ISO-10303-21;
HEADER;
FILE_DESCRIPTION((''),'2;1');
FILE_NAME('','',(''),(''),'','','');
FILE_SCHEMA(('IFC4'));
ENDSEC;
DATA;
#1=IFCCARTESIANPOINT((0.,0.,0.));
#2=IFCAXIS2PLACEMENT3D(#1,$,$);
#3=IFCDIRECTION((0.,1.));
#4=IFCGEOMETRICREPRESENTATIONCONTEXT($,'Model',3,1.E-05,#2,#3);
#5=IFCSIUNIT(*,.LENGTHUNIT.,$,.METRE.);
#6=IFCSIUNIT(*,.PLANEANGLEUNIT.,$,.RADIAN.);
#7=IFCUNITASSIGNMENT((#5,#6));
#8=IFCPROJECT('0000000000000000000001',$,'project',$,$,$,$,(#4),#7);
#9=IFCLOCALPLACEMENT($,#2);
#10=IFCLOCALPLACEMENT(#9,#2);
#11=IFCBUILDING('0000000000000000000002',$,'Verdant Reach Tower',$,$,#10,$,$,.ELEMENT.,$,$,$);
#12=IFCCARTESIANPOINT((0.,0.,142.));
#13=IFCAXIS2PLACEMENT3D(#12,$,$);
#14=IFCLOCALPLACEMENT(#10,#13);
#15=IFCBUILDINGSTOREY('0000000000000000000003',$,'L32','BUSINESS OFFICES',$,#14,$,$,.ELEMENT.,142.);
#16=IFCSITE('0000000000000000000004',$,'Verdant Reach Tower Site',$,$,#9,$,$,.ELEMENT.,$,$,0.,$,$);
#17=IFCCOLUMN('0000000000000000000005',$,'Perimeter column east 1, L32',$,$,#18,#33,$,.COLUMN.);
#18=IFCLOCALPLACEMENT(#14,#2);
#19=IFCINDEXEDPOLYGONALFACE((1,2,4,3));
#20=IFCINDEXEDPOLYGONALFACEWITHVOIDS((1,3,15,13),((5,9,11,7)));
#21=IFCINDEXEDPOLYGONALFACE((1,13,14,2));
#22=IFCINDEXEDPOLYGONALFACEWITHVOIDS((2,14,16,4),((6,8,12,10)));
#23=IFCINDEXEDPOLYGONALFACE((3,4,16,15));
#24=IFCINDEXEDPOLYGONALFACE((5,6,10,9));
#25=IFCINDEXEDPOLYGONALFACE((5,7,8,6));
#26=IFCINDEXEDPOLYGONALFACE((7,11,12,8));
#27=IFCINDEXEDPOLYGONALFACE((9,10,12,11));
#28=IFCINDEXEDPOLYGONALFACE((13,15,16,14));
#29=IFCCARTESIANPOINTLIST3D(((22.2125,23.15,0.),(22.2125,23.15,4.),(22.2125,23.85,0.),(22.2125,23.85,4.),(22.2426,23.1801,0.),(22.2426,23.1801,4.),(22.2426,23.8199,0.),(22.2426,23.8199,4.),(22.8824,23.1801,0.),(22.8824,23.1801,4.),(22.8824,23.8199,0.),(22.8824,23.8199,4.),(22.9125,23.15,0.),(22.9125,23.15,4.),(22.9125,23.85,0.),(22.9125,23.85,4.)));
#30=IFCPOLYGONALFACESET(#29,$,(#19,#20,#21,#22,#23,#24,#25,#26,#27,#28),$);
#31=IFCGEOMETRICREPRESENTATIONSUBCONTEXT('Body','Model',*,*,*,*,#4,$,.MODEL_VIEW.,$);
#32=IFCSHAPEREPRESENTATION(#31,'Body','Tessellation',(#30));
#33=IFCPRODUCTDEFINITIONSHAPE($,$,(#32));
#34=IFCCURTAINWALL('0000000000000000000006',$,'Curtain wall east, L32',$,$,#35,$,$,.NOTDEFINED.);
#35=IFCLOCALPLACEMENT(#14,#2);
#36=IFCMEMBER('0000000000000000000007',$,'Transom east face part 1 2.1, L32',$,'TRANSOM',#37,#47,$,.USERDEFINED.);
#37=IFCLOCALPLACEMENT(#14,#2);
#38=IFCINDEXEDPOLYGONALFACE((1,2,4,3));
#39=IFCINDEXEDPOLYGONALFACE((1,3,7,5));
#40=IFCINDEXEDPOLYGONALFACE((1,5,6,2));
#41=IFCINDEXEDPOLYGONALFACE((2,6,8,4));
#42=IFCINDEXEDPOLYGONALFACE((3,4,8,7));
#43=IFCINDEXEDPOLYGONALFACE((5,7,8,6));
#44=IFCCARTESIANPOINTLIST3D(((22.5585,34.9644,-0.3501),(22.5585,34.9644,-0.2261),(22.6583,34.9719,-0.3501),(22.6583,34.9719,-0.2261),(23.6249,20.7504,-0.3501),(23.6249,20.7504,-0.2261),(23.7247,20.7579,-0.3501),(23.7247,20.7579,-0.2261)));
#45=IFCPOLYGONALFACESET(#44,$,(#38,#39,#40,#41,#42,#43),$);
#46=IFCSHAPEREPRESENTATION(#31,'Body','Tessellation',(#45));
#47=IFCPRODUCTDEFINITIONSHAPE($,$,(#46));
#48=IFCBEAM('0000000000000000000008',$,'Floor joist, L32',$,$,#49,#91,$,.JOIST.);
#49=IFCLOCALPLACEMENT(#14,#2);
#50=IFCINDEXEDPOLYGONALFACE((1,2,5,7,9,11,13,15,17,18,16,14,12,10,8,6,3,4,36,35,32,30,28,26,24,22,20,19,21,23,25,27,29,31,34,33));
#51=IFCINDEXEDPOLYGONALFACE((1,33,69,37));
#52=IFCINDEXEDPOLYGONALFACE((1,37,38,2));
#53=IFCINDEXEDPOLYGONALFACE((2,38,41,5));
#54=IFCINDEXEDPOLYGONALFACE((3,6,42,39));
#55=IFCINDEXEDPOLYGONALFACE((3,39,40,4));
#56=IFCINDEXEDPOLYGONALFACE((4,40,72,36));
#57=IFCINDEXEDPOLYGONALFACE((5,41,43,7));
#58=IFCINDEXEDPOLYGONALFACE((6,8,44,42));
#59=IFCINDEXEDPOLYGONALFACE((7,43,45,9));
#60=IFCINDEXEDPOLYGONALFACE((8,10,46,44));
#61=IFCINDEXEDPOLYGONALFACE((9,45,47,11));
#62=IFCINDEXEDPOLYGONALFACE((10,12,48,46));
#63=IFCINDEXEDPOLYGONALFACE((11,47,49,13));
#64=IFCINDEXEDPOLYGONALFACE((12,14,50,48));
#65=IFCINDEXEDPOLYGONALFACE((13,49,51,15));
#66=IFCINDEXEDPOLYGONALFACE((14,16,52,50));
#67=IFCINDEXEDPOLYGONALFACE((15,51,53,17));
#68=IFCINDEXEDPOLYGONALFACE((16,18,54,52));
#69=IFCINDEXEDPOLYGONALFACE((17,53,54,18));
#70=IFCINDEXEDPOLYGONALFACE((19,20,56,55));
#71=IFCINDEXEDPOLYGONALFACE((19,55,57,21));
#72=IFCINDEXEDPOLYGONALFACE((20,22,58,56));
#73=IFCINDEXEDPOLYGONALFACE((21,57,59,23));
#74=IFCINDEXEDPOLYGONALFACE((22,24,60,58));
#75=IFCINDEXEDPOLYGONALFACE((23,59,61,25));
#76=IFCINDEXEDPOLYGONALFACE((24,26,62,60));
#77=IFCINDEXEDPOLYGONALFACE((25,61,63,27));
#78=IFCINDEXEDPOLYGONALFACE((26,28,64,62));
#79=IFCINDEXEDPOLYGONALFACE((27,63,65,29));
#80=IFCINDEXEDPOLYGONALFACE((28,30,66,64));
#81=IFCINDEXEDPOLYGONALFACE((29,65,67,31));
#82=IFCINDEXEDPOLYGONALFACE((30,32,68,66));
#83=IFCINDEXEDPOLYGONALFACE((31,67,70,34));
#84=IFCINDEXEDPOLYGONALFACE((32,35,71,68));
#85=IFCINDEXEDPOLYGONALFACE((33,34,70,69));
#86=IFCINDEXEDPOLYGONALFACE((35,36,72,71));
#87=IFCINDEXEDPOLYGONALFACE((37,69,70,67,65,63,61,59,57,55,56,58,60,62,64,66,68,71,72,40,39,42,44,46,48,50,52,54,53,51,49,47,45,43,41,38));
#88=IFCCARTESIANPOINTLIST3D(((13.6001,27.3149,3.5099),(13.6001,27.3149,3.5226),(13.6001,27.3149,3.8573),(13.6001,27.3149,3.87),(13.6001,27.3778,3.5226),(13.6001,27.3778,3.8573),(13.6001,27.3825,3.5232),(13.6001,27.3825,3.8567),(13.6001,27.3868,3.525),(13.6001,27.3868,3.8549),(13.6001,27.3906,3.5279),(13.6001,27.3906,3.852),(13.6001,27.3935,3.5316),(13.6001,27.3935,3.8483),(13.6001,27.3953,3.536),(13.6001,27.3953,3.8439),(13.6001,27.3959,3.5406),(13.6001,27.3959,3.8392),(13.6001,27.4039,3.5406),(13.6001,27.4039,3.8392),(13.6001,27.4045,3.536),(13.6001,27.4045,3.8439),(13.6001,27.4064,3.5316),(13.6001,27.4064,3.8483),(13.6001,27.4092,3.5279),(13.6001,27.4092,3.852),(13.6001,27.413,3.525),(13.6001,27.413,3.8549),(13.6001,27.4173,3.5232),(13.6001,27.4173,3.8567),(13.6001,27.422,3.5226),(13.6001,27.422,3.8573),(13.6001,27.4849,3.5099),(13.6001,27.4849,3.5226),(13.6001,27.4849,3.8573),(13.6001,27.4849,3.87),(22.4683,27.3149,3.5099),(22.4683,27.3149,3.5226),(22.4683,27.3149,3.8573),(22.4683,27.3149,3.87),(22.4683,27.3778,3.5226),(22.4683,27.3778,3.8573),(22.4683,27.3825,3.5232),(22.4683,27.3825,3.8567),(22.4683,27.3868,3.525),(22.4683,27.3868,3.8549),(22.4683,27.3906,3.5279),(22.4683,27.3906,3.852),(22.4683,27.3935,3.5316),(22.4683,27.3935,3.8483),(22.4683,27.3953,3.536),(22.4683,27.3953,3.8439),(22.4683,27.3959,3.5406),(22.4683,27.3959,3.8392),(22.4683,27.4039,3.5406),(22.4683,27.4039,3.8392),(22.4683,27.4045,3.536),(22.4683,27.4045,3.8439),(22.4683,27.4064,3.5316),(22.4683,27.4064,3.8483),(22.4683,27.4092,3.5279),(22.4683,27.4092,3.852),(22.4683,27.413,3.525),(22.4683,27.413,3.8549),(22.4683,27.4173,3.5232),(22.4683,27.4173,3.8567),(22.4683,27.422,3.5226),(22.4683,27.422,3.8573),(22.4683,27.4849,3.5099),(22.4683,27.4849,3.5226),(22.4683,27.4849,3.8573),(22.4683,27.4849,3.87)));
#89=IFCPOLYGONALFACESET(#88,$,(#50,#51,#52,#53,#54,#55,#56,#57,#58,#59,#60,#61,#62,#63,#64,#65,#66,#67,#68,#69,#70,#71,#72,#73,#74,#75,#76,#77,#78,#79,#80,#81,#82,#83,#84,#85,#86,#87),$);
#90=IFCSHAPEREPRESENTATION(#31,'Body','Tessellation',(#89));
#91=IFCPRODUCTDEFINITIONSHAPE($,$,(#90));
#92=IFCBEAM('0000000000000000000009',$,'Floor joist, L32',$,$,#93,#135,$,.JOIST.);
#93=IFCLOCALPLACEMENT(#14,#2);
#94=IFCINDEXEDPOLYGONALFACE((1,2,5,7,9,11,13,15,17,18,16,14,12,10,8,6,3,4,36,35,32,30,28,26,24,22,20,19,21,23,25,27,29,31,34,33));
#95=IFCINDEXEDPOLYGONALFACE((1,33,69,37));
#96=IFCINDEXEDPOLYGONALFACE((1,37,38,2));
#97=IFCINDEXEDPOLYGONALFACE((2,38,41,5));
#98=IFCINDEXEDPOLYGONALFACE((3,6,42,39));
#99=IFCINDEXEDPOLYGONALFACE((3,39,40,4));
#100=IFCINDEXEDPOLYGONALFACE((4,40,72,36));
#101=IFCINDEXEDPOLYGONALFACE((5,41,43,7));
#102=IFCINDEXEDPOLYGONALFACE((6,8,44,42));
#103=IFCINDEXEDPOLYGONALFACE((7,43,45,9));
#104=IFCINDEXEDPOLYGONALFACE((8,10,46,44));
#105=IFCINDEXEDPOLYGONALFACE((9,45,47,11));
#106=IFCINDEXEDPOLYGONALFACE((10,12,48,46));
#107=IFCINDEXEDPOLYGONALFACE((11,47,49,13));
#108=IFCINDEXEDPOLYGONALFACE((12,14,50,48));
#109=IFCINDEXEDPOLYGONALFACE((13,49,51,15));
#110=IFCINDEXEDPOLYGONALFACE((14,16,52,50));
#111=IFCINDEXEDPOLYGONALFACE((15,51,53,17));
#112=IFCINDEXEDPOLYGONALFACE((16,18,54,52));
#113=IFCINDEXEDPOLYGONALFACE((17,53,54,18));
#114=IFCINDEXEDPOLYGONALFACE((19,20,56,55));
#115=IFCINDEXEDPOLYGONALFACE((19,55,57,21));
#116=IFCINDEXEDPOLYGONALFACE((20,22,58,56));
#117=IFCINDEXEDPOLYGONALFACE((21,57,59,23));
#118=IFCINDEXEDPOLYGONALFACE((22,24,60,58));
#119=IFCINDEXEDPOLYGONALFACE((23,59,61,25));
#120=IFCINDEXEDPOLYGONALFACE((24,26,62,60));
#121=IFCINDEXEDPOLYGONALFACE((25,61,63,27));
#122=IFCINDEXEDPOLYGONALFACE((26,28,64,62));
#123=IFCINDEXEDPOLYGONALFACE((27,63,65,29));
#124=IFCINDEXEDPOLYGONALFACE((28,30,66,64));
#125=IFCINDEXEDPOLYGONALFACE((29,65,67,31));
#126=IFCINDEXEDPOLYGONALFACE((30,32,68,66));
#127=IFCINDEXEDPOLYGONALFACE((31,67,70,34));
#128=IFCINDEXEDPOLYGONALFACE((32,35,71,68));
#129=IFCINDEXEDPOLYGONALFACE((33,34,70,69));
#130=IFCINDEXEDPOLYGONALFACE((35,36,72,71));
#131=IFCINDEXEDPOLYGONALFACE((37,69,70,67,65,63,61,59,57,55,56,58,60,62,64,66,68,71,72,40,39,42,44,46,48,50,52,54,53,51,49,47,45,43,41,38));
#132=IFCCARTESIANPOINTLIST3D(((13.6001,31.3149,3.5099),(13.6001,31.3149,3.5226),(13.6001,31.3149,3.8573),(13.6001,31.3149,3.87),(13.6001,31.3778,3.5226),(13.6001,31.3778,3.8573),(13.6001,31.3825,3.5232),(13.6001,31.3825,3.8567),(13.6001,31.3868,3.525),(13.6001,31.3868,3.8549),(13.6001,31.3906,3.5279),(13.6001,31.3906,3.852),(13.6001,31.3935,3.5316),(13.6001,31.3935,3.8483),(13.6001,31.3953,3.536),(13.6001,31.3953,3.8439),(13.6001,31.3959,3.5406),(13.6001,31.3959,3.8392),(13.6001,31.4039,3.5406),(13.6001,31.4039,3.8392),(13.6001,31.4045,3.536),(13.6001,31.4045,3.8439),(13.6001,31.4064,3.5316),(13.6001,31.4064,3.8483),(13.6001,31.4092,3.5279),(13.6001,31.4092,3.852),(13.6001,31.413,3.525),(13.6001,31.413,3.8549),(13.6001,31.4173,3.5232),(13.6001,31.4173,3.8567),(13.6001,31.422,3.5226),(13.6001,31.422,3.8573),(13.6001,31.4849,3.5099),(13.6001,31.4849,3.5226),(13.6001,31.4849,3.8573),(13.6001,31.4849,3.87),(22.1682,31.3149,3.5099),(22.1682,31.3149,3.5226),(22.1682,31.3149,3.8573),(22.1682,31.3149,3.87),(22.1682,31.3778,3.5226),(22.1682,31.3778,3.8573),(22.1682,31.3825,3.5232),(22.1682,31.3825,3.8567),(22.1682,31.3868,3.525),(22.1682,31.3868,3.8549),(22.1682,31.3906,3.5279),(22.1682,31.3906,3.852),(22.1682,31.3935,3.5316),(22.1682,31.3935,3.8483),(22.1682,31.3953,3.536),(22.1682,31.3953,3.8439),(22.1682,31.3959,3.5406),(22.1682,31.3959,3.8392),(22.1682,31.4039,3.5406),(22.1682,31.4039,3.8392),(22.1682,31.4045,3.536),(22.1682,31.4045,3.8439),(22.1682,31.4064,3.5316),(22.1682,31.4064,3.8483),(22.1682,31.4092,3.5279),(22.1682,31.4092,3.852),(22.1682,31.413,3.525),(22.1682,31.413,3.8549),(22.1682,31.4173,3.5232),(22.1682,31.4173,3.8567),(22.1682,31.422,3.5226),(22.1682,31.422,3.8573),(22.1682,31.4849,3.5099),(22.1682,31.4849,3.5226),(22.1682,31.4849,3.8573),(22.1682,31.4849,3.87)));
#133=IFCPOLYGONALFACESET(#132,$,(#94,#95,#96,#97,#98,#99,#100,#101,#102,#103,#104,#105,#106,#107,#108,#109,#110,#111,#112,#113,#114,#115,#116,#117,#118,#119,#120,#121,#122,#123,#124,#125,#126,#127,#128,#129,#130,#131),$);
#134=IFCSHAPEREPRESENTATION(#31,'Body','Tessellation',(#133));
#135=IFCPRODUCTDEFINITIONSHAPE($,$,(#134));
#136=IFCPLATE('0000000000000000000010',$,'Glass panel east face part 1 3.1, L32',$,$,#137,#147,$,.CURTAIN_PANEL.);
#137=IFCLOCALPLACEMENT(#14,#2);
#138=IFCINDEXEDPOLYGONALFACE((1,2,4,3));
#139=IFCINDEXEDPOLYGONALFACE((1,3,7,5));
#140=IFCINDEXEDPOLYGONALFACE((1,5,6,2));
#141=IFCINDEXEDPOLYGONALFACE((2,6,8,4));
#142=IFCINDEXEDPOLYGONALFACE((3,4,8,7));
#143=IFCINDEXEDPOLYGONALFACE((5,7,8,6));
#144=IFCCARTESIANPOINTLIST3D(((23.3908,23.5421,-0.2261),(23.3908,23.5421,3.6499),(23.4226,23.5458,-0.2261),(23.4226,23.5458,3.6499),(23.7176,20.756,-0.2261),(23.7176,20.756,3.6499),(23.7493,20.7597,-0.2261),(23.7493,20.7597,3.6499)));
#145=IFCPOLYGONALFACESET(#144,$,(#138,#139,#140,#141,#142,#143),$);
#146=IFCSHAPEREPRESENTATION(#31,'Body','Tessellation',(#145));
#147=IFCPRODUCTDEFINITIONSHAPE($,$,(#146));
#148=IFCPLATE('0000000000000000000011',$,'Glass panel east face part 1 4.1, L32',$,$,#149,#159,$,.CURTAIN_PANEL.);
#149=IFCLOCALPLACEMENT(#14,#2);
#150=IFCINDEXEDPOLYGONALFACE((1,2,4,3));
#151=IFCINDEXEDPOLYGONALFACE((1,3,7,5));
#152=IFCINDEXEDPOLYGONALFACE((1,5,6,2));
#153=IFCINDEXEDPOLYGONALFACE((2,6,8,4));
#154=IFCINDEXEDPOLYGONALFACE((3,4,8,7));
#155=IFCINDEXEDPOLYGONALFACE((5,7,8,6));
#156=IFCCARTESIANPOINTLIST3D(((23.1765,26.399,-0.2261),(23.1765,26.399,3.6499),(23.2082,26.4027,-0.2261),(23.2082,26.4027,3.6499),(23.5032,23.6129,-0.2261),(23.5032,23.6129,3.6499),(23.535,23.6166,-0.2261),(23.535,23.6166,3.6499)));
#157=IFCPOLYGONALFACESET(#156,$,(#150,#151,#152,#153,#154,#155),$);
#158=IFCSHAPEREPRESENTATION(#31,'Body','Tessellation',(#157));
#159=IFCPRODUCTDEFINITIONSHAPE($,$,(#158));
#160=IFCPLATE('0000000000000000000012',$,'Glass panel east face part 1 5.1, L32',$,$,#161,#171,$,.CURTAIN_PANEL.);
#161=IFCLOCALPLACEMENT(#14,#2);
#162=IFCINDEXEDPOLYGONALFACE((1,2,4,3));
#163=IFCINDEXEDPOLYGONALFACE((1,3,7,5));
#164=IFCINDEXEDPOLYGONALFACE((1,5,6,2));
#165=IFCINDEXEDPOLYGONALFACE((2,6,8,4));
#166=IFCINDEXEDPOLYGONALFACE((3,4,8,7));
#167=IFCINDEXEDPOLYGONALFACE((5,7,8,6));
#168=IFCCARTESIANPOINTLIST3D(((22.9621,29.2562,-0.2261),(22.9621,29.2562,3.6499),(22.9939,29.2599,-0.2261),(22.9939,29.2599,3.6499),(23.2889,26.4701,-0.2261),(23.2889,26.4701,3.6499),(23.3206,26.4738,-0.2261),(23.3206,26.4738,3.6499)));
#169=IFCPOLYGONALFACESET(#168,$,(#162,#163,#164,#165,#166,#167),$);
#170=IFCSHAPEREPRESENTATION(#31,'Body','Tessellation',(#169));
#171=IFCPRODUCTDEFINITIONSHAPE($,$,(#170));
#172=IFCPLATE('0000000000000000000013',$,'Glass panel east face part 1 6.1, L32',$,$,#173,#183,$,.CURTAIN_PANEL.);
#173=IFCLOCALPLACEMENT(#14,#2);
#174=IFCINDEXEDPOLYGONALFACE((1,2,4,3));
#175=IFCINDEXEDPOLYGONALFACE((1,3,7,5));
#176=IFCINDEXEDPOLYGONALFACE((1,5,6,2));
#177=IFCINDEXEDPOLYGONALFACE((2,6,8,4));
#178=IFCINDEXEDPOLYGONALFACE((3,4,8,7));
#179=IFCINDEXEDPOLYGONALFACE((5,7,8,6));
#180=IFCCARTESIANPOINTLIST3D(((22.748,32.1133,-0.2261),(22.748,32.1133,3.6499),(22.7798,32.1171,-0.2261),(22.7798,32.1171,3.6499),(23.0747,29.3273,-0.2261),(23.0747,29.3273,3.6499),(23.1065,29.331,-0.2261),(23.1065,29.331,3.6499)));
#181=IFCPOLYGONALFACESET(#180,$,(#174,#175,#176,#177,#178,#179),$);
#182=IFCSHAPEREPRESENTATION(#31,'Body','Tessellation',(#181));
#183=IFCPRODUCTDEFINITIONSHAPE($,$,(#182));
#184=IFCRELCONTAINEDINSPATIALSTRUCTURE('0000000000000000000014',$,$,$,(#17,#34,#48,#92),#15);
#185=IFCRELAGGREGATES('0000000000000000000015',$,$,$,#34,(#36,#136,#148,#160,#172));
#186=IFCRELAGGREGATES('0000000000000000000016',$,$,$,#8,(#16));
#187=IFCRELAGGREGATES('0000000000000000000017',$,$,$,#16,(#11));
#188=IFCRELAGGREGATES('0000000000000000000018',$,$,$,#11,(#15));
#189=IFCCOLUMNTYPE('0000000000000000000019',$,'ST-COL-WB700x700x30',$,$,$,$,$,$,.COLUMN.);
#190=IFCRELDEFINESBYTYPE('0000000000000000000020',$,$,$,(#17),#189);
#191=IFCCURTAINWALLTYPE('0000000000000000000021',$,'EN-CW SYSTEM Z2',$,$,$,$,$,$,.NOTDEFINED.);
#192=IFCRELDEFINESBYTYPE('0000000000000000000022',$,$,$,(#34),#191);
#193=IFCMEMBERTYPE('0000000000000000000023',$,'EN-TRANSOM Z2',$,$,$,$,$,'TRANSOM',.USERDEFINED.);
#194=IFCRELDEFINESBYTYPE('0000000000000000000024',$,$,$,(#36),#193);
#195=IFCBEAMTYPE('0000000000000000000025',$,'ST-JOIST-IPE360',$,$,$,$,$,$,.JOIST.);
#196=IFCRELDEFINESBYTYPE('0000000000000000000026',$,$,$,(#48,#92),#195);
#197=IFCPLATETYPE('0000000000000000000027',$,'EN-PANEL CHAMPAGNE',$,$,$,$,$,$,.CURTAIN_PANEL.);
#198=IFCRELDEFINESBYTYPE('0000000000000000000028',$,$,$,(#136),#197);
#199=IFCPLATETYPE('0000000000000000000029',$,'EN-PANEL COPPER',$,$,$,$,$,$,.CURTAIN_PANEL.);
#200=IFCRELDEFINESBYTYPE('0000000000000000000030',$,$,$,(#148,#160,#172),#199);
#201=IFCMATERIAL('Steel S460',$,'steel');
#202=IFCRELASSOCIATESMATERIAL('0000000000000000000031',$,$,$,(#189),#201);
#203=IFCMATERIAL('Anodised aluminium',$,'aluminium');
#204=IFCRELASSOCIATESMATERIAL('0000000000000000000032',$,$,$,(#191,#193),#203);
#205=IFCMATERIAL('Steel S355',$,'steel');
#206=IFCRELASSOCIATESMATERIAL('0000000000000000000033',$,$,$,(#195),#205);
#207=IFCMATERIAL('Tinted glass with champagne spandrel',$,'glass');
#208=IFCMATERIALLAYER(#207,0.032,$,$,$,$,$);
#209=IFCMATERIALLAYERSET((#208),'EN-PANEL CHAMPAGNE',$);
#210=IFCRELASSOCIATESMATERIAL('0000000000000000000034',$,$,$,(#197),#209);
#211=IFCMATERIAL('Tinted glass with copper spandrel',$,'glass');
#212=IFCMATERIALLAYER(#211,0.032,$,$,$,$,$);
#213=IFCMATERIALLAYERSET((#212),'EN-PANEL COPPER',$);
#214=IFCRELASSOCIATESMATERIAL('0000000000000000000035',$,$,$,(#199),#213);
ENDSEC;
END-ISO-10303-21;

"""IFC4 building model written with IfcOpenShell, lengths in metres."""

from ifc_helpers import new_model, si_unit, direction, frame, origin, origin_2d, place, context, subcontext, project, spatial, rectangle, hollow_rectangle, i_section, extrude, material, layer, layer_set, material_profile, profile_set, type_object, element, aggregate, save


model = new_model("IFC4")

# Units and contexts
model_context = context("Model", 3, precision=1e-05, world=origin(), true_north=direction((0.0, 1.0)))
body_context = subcontext(model_context, "Body", "Model", "MODEL_VIEW")
ifc_project = project(units=[si_unit("LENGTHUNIT", "METRE"), si_unit("PLANEANGLEUNIT", "RADIAN")], contexts=[model_context])

# Site, building, storey
site_placement = place(None, origin())
site = spatial("IfcSite", under=ifc_project, at=site_placement, Name="Verdant Reach Tower Site", CompositionType="ELEMENT", RefElevation=0.0)
building_placement = place(site_placement, origin())
building = spatial("IfcBuilding", under=site, at=building_placement, Name="Verdant Reach Tower", CompositionType="ELEMENT")
storey_placement = place(building_placement, frame((0.0, 0.0, 142.0)))
storey = spatial("IfcBuildingStorey", under=building, at=storey_placement, Name="L32", Description="BUSINESS OFFICES", CompositionType="ELEMENT", Elevation=142.0)

# Column
ifc_material_1 = material(Name="Steel S460", Category="steel")
ifc_material_profile_1 = material_profile(ifc_material_1, hollow_rectangle(XDim=0.7, YDim=0.7, WallThickness=0.03, at=origin_2d()), Name="WB 700x700x30")
ifc_profile_set_1 = profile_set([ifc_material_profile_1], Name="Steel S460")
column_type = type_object("IfcColumnType", Name="ST-COL-WB700x700x30", PredefinedType="COLUMN", material=ifc_profile_set_1)
column_placement = place(storey_placement, frame((22.5625, 23.5, 0.0), z_axis=(0.0, 0.0, 1.0), x_axis=(1.0, 0.0, 0.0)))
element("IfcColumn", 1, at=column_placement, inside=storey, type_object=column_type, Name="Perimeter column east 1, L32", PredefinedType="COLUMN", context=body_context, shape_type="SweptSolid", body=[
    extrude(hollow_rectangle(XDim=0.7, YDim=0.7, WallThickness=0.03, at=origin_2d()), origin(), (0.0, 0.0, 1.0), 4.0),
])

# Curtain wall, member
ifc_material_2 = material(Name="Anodised aluminium", Category="aluminium")
curtain_wall_type = type_object("IfcCurtainWallType", Name="EN-CW SYSTEM Z2", PredefinedType="NOTDEFINED", material=ifc_material_2)
curtain_wall_placement = place(storey_placement, origin())
curtain_wall = element("IfcCurtainWall", 2, at=curtain_wall_placement, inside=storey, type_object=curtain_wall_type, Name="Curtain wall east, L32", PredefinedType="NOTDEFINED")
ifc_material_profile_2 = material_profile(ifc_material_2, rectangle(XDim=0.1001, YDim=0.124, at=origin_2d()), Name="Transom 124x100")
ifc_profile_set_2 = profile_set([ifc_material_profile_2], Name="Anodised aluminium")
member_type = type_object("IfcMemberType", Name="EN-TRANSOM Z2", ElementType="TRANSOM", PredefinedType="USERDEFINED", material=ifc_profile_set_2)
member_placement = place(storey_placement, frame((23.6748, 20.7542, -0.2881), z_axis=(-0.074815, 0.997197, 0.0), x_axis=(-0.997197, -0.074815, 0.0)))
member = element("IfcMember", 3, at=member_placement, type_object=member_type, Name="Transom east face part 1 2.1, L32", ObjectType="TRANSOM", PredefinedType="USERDEFINED", context=body_context, shape_type="SweptSolid", body=[
    extrude(rectangle(XDim=0.1001, YDim=0.124, at=origin_2d()), origin(), (0.0, 0.0, 1.0), 14.2539),
])

# Beams
ifc_material_3 = material(Name="Steel S355", Category="steel")
ifc_material_profile_3 = material_profile(ifc_material_3, i_section(OverallWidth=0.1699, OverallDepth=0.3601, WebThickness=0.0081, FlangeThickness=0.0127, FilletRadius=0.0181, at=origin_2d()), Name="IPE 360")
ifc_profile_set_3 = profile_set([ifc_material_profile_3], Name="Steel S355")
beam_type = type_object("IfcBeamType", Name="ST-JOIST-IPE360", PredefinedType="JOIST", material=ifc_profile_set_3)
beam_1_placement = place(storey_placement, frame((13.6001, 27.3999, 3.6899), z_axis=(1.0, 0.0, 0.0), x_axis=(0.0, 1.0, 0.0)))
element("IfcBeam", 4, at=beam_1_placement, inside=storey, type_object=beam_type, Name="Floor joist, L32", PredefinedType="JOIST", context=body_context, shape_type="SweptSolid", body=[
    extrude(i_section(OverallWidth=0.1699, OverallDepth=0.3601, WebThickness=0.0081, FlangeThickness=0.0127, FilletRadius=0.0181, at=origin_2d()), origin(), (0.0, 0.0, 1.0), 8.8682),
])
beam_2_placement = place(storey_placement, frame((13.6001, 31.3999, 3.6899), z_axis=(1.0, 0.0, 0.0), x_axis=(0.0, 1.0, 0.0)))
element("IfcBeam", 5, at=beam_2_placement, inside=storey, type_object=beam_type, Name="Floor joist, L32", PredefinedType="JOIST", context=body_context, shape_type="SweptSolid", body=[
    extrude(i_section(OverallWidth=0.1699, OverallDepth=0.3601, WebThickness=0.0081, FlangeThickness=0.0127, FilletRadius=0.0181, at=origin_2d()), origin(), (0.0, 0.0, 1.0), 8.5681),
])

# Plates
ifc_material_4 = material(Name="Tinted glass with champagne spandrel", Category="glass")
ifc_layer_1 = layer(ifc_material_4, 0.032)
ifc_layer_set_1 = layer_set([ifc_layer_1], Name="EN-PANEL CHAMPAGNE")
plate_type_1 = type_object("IfcPlateType", Name="EN-PANEL CHAMPAGNE", PredefinedType="CURTAIN_PANEL", material=ifc_layer_set_1)
plate_1_placement = place(storey_placement, frame((23.5701, 22.1509, -0.2261), z_axis=(0.0, 0.0, 1.0), x_axis=(-0.116483, 0.993193, 0.0)))
plate_1 = element("IfcPlate", 6, at=plate_1_placement, type_object=plate_type_1, Name="Glass panel east face part 1 3.1, L32", PredefinedType="CURTAIN_PANEL", context=body_context, shape_type="SweptSolid", body=[
    extrude(rectangle(XDim=2.8052, YDim=0.032, at=origin_2d()), origin(), (0.0, 0.0, 1.0), 3.876),
])
ifc_material_5 = material(Name="Tinted glass with copper spandrel", Category="glass")
ifc_layer_2 = layer(ifc_material_5, 0.032)
ifc_layer_set_2 = layer_set([ifc_layer_2], Name="EN-PANEL COPPER")
plate_type_2 = type_object("IfcPlateType", Name="EN-PANEL COPPER", PredefinedType="CURTAIN_PANEL", material=ifc_layer_set_2)
plate_2_placement = place(storey_placement, frame((23.3557, 25.0078, -0.2261), z_axis=(0.0, 0.0, 1.0), x_axis=(-0.116483, 0.993193, 0.0)))
plate_2 = element("IfcPlate", 7, at=plate_2_placement, type_object=plate_type_2, Name="Glass panel east face part 1 4.1, L32", PredefinedType="CURTAIN_PANEL", context=body_context, shape_type="SweptSolid", body=[
    extrude(rectangle(XDim=2.8052, YDim=0.032, at=origin_2d()), origin(), (0.0, 0.0, 1.0), 3.876),
])
plate_3_placement = place(storey_placement, frame((23.1414, 27.865, -0.2261), z_axis=(0.0, 0.0, 1.0), x_axis=(-0.116483, 0.993193, 0.0)))
plate_3 = element("IfcPlate", 8, at=plate_3_placement, type_object=plate_type_2, Name="Glass panel east face part 1 5.1, L32", PredefinedType="CURTAIN_PANEL", context=body_context, shape_type="SweptSolid", body=[
    extrude(rectangle(XDim=2.8052, YDim=0.032, at=origin_2d()), origin(), (0.0, 0.0, 1.0), 3.876),
])
plate_4_placement = place(storey_placement, frame((22.9272, 30.7222, -0.2261), z_axis=(0.0, 0.0, 1.0), x_axis=(-0.116483, 0.993193, 0.0)))
plate_4 = element("IfcPlate", 9, at=plate_4_placement, type_object=plate_type_2, Name="Glass panel east face part 1 6.1, L32", PredefinedType="CURTAIN_PANEL", context=body_context, shape_type="SweptSolid", body=[
    extrude(rectangle(XDim=2.8052, YDim=0.032, at=origin_2d()), origin(), (0.0, 0.0, 1.0), 3.876),
])
aggregate(curtain_wall, [member, plate_1, plate_2, plate_3, plate_4])

save(model, "model.ifc")
